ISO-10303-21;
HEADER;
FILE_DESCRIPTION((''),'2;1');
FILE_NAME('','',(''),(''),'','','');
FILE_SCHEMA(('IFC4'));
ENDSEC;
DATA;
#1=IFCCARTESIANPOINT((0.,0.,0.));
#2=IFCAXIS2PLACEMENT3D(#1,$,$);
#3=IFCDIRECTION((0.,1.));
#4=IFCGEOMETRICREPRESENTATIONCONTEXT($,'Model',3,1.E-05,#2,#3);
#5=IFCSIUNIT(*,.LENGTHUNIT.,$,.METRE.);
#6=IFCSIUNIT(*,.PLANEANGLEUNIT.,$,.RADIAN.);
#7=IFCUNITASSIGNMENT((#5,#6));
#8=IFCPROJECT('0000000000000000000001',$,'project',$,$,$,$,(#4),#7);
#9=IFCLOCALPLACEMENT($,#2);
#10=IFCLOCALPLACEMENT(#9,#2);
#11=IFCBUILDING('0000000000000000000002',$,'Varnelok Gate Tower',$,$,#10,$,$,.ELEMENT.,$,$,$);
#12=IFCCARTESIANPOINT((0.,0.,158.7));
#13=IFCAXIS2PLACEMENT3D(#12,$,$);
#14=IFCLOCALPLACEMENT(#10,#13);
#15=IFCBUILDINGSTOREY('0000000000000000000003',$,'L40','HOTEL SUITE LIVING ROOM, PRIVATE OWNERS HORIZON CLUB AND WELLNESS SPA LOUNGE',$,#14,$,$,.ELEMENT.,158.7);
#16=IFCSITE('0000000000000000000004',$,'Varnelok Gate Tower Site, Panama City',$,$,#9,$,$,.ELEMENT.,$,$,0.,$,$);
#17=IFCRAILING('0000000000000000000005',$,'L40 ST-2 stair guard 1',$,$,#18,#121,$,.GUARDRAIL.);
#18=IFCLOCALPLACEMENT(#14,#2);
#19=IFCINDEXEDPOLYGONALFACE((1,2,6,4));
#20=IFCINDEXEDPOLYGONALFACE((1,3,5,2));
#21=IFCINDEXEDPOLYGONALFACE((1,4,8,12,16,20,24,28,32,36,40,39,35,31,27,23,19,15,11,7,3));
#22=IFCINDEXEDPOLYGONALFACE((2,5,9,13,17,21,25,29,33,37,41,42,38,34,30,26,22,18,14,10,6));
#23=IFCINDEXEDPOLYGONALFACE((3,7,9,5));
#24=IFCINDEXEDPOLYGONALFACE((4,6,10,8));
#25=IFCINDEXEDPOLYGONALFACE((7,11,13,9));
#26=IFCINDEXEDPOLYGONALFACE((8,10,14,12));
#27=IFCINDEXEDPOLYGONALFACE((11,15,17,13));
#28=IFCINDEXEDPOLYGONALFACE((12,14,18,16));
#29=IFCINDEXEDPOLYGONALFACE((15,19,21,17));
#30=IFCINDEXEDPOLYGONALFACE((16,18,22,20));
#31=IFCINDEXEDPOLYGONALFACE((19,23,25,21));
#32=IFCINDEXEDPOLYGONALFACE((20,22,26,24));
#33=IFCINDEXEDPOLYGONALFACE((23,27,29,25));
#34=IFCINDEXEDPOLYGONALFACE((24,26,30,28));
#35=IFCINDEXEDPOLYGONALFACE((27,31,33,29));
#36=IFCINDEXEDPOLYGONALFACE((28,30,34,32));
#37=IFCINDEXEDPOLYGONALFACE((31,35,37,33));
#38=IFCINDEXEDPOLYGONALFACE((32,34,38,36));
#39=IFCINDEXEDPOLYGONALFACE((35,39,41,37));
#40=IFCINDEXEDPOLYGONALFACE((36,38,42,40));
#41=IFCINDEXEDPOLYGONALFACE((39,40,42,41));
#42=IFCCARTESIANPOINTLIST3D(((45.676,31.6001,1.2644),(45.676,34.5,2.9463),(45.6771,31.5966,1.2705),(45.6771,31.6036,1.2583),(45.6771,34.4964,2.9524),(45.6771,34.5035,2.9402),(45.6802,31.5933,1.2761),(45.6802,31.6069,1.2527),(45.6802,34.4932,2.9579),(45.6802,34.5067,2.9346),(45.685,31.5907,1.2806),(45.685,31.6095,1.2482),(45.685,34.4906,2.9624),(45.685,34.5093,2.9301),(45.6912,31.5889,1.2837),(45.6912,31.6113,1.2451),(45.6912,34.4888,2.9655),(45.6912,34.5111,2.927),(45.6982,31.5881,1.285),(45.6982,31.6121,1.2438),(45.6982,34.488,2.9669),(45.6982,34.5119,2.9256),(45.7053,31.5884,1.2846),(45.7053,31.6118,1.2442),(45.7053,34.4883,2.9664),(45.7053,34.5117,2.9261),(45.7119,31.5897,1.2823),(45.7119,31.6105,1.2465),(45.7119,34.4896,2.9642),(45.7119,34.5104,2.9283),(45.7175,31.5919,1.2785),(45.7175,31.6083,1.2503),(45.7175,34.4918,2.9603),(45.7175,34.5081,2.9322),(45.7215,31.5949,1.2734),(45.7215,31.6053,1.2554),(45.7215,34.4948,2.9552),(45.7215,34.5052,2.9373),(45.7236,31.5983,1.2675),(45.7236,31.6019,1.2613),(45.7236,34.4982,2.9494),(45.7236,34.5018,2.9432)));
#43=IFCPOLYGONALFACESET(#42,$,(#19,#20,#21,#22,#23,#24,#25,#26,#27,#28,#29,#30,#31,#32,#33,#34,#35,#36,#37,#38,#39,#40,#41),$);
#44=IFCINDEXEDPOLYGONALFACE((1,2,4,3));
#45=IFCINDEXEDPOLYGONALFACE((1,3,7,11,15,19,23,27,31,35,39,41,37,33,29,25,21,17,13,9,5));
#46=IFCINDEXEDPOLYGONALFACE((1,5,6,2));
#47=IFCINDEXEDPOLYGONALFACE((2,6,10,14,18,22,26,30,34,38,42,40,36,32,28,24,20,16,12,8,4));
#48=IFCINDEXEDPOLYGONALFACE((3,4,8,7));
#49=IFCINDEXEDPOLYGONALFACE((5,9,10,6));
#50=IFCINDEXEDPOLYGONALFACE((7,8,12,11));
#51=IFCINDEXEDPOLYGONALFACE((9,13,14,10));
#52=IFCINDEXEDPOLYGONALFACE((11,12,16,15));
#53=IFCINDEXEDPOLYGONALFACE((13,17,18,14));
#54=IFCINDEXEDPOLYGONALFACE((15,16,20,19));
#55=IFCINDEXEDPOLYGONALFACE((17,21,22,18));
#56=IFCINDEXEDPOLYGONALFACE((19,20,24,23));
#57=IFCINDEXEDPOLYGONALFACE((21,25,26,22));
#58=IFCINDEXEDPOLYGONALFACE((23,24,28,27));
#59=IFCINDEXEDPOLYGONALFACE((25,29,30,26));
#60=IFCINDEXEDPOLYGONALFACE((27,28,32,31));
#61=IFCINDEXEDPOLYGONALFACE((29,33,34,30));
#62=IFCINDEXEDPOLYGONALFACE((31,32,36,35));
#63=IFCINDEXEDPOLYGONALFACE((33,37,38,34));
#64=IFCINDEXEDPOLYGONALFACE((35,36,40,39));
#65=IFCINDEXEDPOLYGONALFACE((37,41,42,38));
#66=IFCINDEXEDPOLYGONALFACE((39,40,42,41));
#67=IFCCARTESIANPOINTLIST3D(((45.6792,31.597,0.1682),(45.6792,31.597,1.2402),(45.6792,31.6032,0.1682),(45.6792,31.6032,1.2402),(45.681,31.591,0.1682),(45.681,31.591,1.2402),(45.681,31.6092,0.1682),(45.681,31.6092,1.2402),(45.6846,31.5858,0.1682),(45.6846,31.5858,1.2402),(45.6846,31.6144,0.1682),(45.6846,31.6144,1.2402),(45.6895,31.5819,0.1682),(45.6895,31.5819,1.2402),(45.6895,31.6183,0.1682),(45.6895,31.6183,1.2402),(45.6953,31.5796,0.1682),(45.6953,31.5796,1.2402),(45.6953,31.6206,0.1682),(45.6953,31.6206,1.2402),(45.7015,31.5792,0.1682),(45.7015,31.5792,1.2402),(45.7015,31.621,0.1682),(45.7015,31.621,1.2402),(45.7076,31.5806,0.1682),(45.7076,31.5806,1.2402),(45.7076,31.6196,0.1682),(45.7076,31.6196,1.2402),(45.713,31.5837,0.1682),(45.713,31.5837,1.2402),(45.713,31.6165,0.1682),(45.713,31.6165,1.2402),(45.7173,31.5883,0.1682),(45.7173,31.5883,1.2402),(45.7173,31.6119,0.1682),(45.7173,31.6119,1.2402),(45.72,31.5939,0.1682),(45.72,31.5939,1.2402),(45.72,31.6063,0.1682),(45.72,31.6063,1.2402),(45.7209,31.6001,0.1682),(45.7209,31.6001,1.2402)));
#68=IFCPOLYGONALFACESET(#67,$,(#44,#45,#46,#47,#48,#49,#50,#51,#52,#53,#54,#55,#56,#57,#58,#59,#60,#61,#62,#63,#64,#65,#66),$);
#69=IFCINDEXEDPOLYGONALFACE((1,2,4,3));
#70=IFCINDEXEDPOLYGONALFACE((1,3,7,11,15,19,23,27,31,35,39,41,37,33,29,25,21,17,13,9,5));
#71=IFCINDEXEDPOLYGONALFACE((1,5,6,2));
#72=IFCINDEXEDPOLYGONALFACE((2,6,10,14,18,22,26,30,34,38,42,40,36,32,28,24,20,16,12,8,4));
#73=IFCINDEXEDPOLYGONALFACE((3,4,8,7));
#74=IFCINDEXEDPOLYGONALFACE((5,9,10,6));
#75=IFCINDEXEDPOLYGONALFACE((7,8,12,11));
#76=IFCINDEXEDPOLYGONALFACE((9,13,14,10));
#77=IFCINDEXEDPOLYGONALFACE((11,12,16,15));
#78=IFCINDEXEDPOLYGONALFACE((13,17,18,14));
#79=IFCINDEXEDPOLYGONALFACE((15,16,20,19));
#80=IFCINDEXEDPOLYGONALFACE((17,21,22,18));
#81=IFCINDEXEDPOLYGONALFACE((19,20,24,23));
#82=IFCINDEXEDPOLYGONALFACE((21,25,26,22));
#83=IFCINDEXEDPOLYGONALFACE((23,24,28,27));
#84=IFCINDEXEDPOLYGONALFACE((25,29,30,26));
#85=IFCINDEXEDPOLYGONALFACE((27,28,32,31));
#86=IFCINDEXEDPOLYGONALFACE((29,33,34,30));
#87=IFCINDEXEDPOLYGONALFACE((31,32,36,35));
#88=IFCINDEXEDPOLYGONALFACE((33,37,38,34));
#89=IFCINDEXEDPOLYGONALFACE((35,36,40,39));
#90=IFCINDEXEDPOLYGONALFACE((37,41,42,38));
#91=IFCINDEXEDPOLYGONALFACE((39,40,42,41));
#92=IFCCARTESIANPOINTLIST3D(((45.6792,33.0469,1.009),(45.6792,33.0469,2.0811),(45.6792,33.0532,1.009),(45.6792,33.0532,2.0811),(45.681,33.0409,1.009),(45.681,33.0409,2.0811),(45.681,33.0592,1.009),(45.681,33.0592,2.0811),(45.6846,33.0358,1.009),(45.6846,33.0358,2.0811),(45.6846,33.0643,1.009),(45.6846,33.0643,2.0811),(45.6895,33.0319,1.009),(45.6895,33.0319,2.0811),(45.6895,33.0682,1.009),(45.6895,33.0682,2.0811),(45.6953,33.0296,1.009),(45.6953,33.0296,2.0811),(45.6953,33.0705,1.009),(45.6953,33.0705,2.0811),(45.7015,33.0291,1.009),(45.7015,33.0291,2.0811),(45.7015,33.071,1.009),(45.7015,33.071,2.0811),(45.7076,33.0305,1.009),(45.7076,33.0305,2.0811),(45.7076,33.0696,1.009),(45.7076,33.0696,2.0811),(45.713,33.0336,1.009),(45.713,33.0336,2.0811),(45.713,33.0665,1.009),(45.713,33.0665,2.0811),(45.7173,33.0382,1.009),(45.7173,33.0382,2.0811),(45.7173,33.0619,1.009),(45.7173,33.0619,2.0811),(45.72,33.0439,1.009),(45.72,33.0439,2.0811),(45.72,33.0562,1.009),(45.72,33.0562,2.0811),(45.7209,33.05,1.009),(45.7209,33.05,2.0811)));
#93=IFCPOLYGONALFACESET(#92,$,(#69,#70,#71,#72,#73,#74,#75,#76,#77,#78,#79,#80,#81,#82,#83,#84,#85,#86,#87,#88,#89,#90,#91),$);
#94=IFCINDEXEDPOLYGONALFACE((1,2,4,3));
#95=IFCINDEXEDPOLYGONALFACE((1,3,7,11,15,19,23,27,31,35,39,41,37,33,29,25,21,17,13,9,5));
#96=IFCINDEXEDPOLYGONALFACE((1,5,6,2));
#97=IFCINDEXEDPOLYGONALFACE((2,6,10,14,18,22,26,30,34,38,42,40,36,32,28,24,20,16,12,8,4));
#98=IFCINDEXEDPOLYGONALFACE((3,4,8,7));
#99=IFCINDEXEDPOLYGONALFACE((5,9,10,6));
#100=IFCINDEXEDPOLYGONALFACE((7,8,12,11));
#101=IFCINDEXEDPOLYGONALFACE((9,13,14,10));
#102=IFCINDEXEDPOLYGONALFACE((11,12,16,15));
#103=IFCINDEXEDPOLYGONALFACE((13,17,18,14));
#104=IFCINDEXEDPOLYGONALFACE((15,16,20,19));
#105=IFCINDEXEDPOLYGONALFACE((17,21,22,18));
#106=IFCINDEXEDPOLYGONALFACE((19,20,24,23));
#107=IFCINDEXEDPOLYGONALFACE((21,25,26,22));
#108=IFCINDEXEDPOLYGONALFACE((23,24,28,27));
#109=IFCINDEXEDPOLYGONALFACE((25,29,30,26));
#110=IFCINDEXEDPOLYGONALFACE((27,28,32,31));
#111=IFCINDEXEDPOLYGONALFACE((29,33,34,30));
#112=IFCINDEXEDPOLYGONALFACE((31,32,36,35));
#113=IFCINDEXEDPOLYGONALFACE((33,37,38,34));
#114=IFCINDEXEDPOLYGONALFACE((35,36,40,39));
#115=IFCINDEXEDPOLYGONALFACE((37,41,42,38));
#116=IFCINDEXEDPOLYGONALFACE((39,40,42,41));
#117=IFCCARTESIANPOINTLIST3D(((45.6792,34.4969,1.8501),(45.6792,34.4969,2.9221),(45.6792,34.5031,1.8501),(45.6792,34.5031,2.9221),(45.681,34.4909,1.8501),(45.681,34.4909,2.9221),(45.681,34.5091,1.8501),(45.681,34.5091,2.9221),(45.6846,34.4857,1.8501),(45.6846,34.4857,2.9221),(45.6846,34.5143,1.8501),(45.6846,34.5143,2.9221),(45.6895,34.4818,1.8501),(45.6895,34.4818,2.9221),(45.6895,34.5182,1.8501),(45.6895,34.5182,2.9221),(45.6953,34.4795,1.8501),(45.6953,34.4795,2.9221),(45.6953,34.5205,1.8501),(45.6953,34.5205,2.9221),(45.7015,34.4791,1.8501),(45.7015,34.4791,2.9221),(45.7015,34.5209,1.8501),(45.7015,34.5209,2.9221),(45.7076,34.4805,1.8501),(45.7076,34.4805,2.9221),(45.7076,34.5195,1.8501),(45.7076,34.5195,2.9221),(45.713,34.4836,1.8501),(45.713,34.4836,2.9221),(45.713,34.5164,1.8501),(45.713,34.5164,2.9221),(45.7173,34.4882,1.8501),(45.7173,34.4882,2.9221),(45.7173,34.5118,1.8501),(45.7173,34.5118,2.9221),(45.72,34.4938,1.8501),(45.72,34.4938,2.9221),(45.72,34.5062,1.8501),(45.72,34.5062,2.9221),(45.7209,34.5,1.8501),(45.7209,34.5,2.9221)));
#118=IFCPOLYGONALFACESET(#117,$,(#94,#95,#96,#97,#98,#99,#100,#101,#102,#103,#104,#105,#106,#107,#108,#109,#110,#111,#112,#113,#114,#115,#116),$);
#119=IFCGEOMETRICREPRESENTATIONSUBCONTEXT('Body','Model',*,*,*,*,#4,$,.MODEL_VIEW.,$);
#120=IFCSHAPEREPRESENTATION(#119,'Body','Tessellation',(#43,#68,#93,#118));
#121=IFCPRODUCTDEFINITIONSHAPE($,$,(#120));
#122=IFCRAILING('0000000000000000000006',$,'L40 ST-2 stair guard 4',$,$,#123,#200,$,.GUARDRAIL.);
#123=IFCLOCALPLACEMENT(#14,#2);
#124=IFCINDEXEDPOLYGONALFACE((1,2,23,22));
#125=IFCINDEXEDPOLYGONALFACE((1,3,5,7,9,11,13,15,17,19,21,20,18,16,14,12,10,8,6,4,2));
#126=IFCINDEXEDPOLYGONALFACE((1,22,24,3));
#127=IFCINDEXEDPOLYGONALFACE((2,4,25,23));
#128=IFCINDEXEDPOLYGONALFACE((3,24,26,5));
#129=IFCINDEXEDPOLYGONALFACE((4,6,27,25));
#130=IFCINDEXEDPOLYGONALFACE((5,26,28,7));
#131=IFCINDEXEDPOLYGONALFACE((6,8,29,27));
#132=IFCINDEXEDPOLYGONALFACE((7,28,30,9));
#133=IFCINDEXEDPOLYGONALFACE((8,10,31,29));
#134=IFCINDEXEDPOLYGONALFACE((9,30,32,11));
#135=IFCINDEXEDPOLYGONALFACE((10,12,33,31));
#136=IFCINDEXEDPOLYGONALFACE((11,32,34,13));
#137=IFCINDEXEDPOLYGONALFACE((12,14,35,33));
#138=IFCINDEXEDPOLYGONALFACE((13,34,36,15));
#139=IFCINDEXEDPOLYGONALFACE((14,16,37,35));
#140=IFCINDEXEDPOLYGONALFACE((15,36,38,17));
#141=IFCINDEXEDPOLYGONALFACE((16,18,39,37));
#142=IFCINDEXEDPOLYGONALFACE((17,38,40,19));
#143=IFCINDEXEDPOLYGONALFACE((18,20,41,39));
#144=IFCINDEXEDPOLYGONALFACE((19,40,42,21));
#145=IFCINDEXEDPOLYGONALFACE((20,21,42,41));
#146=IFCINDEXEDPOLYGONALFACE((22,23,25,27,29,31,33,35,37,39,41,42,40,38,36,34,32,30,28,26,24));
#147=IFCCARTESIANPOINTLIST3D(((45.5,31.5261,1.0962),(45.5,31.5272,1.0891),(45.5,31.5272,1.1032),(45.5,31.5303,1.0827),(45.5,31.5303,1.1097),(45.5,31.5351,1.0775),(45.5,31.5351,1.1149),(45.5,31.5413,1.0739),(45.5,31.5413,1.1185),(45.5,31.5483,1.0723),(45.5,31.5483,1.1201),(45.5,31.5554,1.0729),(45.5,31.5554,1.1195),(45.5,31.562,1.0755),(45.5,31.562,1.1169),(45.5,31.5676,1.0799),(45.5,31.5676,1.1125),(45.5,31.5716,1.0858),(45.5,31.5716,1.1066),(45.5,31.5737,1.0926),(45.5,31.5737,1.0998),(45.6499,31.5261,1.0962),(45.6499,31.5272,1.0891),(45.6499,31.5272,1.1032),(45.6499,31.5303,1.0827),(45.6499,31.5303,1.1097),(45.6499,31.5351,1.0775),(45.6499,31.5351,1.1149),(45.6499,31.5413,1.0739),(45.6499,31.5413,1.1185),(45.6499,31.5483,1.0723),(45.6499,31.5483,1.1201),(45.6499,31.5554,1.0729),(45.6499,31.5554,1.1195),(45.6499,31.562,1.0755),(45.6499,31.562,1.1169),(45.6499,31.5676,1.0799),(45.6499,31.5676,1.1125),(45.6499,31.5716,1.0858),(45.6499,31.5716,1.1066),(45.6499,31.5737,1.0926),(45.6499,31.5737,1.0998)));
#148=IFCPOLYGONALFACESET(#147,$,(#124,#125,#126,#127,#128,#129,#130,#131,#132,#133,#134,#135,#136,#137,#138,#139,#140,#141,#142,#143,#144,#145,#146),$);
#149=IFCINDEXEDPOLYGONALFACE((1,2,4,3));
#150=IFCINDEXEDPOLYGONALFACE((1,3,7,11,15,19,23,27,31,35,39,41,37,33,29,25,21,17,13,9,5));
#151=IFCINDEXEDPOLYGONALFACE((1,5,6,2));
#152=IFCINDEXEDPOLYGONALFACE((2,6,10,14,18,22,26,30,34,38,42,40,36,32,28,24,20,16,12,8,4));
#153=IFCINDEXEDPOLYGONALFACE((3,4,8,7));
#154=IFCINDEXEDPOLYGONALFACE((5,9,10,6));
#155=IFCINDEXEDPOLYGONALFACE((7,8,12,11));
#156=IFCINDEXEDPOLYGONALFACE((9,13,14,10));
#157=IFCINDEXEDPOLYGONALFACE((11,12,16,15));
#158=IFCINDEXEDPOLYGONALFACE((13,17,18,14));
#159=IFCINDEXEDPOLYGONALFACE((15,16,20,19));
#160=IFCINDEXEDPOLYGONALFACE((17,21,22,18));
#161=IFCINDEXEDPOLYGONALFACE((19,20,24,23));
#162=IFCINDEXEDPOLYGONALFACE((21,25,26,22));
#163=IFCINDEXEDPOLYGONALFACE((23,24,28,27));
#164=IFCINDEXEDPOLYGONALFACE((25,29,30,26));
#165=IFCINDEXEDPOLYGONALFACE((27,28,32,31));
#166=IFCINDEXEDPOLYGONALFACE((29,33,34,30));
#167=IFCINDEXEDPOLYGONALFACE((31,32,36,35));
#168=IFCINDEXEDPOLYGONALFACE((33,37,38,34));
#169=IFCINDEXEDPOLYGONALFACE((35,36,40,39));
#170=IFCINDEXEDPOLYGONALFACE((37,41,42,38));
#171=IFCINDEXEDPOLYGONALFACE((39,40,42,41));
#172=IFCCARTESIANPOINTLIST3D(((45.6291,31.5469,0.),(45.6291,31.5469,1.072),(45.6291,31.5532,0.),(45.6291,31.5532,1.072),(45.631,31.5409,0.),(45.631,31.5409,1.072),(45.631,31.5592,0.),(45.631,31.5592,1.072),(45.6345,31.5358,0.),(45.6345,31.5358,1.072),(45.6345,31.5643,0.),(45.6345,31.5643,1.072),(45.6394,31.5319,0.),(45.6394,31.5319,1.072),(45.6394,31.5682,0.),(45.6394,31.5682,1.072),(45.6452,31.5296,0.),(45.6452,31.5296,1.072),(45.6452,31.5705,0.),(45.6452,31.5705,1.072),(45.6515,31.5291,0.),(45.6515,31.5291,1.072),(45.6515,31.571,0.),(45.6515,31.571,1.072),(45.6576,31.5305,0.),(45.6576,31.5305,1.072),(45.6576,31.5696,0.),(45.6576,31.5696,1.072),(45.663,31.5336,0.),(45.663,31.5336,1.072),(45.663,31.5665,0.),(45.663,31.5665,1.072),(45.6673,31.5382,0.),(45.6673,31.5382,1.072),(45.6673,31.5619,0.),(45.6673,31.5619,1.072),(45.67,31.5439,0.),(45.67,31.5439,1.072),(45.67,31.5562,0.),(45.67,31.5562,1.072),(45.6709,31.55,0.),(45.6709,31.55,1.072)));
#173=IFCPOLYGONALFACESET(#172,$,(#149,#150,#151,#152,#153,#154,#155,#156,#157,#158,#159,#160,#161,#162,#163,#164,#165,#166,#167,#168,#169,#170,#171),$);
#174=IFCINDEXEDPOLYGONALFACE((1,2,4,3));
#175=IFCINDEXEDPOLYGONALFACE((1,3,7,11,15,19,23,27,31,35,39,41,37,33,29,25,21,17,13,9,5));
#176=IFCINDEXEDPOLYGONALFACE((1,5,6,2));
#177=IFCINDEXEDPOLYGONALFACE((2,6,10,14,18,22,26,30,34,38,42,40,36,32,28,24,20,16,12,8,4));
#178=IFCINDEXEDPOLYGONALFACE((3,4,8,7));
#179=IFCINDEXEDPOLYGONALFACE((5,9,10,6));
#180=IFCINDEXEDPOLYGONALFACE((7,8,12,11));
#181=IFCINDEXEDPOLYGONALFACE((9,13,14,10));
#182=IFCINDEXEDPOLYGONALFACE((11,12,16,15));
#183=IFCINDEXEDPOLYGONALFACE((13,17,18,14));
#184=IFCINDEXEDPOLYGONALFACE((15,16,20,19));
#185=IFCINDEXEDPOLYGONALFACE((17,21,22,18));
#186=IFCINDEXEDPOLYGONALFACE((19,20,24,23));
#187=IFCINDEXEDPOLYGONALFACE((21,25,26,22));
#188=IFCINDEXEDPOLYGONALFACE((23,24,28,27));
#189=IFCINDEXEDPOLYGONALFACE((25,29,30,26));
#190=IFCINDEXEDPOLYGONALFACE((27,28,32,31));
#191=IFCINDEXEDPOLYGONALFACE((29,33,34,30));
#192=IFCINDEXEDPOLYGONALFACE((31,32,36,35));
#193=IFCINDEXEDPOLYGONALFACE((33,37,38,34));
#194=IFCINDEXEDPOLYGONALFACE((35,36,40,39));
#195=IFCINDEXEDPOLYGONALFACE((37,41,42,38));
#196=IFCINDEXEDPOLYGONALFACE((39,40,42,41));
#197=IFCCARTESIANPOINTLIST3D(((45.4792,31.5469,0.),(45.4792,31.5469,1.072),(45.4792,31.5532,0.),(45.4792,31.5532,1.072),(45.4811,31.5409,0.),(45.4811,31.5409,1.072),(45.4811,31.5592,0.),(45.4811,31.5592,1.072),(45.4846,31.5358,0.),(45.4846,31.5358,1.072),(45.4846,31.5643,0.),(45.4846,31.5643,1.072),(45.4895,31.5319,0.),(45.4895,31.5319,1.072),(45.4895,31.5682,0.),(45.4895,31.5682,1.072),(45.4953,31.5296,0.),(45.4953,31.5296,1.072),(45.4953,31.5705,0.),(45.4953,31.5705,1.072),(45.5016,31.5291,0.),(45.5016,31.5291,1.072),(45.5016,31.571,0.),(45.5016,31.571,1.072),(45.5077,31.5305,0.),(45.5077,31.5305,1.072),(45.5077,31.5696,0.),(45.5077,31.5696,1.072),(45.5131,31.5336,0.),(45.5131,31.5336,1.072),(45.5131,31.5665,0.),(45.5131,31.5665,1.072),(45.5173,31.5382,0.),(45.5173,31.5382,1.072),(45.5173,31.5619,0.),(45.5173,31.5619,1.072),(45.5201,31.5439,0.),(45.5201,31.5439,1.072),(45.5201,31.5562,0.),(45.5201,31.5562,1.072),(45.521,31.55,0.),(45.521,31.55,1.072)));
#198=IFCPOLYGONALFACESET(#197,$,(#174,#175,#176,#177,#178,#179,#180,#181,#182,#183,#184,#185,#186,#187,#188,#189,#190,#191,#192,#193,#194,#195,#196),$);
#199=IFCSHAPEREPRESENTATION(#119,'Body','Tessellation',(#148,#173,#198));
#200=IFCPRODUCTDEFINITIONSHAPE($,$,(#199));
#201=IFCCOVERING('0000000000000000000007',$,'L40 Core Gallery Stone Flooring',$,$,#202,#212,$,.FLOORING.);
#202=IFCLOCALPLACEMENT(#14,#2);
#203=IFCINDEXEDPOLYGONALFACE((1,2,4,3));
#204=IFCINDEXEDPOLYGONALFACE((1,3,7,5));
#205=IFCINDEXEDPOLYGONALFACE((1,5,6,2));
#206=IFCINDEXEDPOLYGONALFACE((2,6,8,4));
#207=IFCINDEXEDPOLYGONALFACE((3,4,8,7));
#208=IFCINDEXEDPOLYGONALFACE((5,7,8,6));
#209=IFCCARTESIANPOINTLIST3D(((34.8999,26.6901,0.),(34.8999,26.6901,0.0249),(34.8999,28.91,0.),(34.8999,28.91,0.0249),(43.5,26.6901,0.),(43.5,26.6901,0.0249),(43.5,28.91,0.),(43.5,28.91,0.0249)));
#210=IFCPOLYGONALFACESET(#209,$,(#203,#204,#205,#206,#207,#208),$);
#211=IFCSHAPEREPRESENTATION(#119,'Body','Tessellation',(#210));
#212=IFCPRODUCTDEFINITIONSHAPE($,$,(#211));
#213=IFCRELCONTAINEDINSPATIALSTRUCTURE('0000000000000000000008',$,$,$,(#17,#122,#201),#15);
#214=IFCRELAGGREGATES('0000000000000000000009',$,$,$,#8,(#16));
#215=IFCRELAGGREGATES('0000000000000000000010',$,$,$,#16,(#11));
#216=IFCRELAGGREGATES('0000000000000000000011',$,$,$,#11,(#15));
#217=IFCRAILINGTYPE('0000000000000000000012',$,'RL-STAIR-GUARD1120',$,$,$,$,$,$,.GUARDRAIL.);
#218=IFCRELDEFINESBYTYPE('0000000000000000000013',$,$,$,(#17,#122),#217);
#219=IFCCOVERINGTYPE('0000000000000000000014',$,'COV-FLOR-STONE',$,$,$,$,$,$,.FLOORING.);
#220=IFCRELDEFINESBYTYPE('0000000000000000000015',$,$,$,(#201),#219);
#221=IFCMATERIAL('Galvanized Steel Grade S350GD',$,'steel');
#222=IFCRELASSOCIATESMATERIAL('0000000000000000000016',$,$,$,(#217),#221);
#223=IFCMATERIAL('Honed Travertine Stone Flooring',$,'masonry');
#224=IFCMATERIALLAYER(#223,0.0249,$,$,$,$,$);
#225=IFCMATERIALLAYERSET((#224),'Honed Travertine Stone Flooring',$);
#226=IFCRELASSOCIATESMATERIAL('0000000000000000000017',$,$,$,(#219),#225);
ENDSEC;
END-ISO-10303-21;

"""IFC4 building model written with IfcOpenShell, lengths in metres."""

from ifc_helpers import new_model, si_unit, direction, frame, origin, origin_2d, place, context, subcontext, project, spatial, rectangle, circle, extrude, source, transform, mapped, material, layer, layer_set, type_object, element, save


model = new_model("IFC4")

# Units and contexts
model_context = context("Model", 3, precision=1e-05, world=origin(), true_north=direction((0.0, 1.0)))
body_context = subcontext(model_context, "Body", "Model", "MODEL_VIEW")
ifc_project = project(units=[si_unit("LENGTHUNIT", "METRE"), si_unit("PLANEANGLEUNIT", "RADIAN")], contexts=[model_context])

# Site, building, storey
site_placement = place(None, origin())
site = spatial("IfcSite", under=ifc_project, at=site_placement, Name="Varnelok Gate Tower Site, Panama City", CompositionType="ELEMENT", RefElevation=0.0)
building_placement = place(site_placement, origin())
building = spatial("IfcBuilding", under=site, at=building_placement, Name="Varnelok Gate Tower", CompositionType="ELEMENT")
storey_placement = place(building_placement, frame((0.0, 0.0, 158.7)))
storey = spatial("IfcBuildingStorey", under=building, at=storey_placement, Name="L40", Description="HOTEL SUITE LIVING ROOM, PRIVATE OWNERS HORIZON CLUB AND WELLNESS SPA LOUNGE", CompositionType="ELEMENT", Elevation=158.7)

# Shared definitions
ifc_material_1 = material(Name="Galvanized Steel Grade S350GD", Category="steel")

# Railings
railing_type_1 = type_object("IfcRailingType", Name="RL-STAIR-GUARD1120", PredefinedType="GUARDRAIL", material=ifc_material_1)
railing_1_placement = place(storey_placement, frame((45.7, 31.6001, 0.1682)))
element("IfcRailing", 1, at=railing_1_placement, inside=storey, type_object=railing_type_1, Name="L40 ST-2 stair guard 1", PredefinedType="GUARDRAIL", context=body_context, shape_type="SweptSolid", body=[
    extrude(circle(Radius=0.0239, at=origin_2d()), frame((0.0, 0.0, 1.0962), z_axis=(0.0, 0.865039, 0.501705), x_axis=(-1.0, 0.0, 0.0)), (0.0, 0.0, 1.0), 3.3523),
    extrude(circle(Radius=0.021, at=origin_2d()), origin(), (0.0, 0.0, 1.0), 1.072),
    extrude(circle(Radius=0.021, at=origin_2d()), frame((0.0, 1.45, 0.8408)), (0.0, 0.0, 1.0), 1.072),
    extrude(circle(Radius=0.021, at=origin_2d()), frame((0.0, 2.8999, 1.6819)), (0.0, 0.0, 1.0), 1.072),
])
railing_2_placement = place(storey_placement, frame((45.6499, 31.55, 0.0)))
element("IfcRailing", 2, at=railing_2_placement, inside=storey, type_object=railing_type_1, Name="L40 ST-2 stair guard 4", PredefinedType="GUARDRAIL", context=body_context, shape_type="SweptSolid", body=[
    extrude(circle(Radius=0.0239, at=origin_2d()), frame((0.0, 0.0, 1.0962), z_axis=(-1.0, 0.0, 0.0), x_axis=(0.0, -1.0, 0.0)), (0.0, 0.0, 1.0), 0.1499),
    extrude(circle(Radius=0.021, at=origin_2d()), origin(), (0.0, 0.0, 1.0), 1.072),
    extrude(circle(Radius=0.021, at=origin_2d()), frame((-0.1499, 0.0, 0.0)), (0.0, 0.0, 1.0), 1.072),
])

# Covering
ifc_material_2 = material(Name="Honed Travertine Stone Flooring", Category="masonry")
ifc_layer_1 = layer(ifc_material_2, 0.0249)
ifc_layer_set_1 = layer_set([ifc_layer_1], Name="Honed Travertine Stone Flooring")
covering_type_1 = type_object("IfcCoveringType", Name="COV-FLOR-STONE", PredefinedType="FLOORING", material=ifc_layer_set_1)
shared_shape_1 = source(origin(), body_context, "Body", "SweptSolid", [
    extrude(rectangle(XDim=8.6001, YDim=2.22, at=origin_2d()), origin(), (0.0, 0.0, 1.0), 0.0249),
])
covering_1_placement = place(storey_placement, frame((39.2, 27.8, 0.0), z_axis=(0.0, 0.0, 1.0), x_axis=(1.0, 0.0, 0.0)))
element("IfcCovering", 3, at=covering_1_placement, inside=storey, type_object=covering_type_1, Name="L40 Core Gallery Stone Flooring", PredefinedType="FLOORING", context=body_context, shape_type="MappedRepresentation", body=[
    mapped(shared_shape_1, transform((0.0, 0.0, 0.0), scale=1.0)),
])

save(model, "model.ifc")
